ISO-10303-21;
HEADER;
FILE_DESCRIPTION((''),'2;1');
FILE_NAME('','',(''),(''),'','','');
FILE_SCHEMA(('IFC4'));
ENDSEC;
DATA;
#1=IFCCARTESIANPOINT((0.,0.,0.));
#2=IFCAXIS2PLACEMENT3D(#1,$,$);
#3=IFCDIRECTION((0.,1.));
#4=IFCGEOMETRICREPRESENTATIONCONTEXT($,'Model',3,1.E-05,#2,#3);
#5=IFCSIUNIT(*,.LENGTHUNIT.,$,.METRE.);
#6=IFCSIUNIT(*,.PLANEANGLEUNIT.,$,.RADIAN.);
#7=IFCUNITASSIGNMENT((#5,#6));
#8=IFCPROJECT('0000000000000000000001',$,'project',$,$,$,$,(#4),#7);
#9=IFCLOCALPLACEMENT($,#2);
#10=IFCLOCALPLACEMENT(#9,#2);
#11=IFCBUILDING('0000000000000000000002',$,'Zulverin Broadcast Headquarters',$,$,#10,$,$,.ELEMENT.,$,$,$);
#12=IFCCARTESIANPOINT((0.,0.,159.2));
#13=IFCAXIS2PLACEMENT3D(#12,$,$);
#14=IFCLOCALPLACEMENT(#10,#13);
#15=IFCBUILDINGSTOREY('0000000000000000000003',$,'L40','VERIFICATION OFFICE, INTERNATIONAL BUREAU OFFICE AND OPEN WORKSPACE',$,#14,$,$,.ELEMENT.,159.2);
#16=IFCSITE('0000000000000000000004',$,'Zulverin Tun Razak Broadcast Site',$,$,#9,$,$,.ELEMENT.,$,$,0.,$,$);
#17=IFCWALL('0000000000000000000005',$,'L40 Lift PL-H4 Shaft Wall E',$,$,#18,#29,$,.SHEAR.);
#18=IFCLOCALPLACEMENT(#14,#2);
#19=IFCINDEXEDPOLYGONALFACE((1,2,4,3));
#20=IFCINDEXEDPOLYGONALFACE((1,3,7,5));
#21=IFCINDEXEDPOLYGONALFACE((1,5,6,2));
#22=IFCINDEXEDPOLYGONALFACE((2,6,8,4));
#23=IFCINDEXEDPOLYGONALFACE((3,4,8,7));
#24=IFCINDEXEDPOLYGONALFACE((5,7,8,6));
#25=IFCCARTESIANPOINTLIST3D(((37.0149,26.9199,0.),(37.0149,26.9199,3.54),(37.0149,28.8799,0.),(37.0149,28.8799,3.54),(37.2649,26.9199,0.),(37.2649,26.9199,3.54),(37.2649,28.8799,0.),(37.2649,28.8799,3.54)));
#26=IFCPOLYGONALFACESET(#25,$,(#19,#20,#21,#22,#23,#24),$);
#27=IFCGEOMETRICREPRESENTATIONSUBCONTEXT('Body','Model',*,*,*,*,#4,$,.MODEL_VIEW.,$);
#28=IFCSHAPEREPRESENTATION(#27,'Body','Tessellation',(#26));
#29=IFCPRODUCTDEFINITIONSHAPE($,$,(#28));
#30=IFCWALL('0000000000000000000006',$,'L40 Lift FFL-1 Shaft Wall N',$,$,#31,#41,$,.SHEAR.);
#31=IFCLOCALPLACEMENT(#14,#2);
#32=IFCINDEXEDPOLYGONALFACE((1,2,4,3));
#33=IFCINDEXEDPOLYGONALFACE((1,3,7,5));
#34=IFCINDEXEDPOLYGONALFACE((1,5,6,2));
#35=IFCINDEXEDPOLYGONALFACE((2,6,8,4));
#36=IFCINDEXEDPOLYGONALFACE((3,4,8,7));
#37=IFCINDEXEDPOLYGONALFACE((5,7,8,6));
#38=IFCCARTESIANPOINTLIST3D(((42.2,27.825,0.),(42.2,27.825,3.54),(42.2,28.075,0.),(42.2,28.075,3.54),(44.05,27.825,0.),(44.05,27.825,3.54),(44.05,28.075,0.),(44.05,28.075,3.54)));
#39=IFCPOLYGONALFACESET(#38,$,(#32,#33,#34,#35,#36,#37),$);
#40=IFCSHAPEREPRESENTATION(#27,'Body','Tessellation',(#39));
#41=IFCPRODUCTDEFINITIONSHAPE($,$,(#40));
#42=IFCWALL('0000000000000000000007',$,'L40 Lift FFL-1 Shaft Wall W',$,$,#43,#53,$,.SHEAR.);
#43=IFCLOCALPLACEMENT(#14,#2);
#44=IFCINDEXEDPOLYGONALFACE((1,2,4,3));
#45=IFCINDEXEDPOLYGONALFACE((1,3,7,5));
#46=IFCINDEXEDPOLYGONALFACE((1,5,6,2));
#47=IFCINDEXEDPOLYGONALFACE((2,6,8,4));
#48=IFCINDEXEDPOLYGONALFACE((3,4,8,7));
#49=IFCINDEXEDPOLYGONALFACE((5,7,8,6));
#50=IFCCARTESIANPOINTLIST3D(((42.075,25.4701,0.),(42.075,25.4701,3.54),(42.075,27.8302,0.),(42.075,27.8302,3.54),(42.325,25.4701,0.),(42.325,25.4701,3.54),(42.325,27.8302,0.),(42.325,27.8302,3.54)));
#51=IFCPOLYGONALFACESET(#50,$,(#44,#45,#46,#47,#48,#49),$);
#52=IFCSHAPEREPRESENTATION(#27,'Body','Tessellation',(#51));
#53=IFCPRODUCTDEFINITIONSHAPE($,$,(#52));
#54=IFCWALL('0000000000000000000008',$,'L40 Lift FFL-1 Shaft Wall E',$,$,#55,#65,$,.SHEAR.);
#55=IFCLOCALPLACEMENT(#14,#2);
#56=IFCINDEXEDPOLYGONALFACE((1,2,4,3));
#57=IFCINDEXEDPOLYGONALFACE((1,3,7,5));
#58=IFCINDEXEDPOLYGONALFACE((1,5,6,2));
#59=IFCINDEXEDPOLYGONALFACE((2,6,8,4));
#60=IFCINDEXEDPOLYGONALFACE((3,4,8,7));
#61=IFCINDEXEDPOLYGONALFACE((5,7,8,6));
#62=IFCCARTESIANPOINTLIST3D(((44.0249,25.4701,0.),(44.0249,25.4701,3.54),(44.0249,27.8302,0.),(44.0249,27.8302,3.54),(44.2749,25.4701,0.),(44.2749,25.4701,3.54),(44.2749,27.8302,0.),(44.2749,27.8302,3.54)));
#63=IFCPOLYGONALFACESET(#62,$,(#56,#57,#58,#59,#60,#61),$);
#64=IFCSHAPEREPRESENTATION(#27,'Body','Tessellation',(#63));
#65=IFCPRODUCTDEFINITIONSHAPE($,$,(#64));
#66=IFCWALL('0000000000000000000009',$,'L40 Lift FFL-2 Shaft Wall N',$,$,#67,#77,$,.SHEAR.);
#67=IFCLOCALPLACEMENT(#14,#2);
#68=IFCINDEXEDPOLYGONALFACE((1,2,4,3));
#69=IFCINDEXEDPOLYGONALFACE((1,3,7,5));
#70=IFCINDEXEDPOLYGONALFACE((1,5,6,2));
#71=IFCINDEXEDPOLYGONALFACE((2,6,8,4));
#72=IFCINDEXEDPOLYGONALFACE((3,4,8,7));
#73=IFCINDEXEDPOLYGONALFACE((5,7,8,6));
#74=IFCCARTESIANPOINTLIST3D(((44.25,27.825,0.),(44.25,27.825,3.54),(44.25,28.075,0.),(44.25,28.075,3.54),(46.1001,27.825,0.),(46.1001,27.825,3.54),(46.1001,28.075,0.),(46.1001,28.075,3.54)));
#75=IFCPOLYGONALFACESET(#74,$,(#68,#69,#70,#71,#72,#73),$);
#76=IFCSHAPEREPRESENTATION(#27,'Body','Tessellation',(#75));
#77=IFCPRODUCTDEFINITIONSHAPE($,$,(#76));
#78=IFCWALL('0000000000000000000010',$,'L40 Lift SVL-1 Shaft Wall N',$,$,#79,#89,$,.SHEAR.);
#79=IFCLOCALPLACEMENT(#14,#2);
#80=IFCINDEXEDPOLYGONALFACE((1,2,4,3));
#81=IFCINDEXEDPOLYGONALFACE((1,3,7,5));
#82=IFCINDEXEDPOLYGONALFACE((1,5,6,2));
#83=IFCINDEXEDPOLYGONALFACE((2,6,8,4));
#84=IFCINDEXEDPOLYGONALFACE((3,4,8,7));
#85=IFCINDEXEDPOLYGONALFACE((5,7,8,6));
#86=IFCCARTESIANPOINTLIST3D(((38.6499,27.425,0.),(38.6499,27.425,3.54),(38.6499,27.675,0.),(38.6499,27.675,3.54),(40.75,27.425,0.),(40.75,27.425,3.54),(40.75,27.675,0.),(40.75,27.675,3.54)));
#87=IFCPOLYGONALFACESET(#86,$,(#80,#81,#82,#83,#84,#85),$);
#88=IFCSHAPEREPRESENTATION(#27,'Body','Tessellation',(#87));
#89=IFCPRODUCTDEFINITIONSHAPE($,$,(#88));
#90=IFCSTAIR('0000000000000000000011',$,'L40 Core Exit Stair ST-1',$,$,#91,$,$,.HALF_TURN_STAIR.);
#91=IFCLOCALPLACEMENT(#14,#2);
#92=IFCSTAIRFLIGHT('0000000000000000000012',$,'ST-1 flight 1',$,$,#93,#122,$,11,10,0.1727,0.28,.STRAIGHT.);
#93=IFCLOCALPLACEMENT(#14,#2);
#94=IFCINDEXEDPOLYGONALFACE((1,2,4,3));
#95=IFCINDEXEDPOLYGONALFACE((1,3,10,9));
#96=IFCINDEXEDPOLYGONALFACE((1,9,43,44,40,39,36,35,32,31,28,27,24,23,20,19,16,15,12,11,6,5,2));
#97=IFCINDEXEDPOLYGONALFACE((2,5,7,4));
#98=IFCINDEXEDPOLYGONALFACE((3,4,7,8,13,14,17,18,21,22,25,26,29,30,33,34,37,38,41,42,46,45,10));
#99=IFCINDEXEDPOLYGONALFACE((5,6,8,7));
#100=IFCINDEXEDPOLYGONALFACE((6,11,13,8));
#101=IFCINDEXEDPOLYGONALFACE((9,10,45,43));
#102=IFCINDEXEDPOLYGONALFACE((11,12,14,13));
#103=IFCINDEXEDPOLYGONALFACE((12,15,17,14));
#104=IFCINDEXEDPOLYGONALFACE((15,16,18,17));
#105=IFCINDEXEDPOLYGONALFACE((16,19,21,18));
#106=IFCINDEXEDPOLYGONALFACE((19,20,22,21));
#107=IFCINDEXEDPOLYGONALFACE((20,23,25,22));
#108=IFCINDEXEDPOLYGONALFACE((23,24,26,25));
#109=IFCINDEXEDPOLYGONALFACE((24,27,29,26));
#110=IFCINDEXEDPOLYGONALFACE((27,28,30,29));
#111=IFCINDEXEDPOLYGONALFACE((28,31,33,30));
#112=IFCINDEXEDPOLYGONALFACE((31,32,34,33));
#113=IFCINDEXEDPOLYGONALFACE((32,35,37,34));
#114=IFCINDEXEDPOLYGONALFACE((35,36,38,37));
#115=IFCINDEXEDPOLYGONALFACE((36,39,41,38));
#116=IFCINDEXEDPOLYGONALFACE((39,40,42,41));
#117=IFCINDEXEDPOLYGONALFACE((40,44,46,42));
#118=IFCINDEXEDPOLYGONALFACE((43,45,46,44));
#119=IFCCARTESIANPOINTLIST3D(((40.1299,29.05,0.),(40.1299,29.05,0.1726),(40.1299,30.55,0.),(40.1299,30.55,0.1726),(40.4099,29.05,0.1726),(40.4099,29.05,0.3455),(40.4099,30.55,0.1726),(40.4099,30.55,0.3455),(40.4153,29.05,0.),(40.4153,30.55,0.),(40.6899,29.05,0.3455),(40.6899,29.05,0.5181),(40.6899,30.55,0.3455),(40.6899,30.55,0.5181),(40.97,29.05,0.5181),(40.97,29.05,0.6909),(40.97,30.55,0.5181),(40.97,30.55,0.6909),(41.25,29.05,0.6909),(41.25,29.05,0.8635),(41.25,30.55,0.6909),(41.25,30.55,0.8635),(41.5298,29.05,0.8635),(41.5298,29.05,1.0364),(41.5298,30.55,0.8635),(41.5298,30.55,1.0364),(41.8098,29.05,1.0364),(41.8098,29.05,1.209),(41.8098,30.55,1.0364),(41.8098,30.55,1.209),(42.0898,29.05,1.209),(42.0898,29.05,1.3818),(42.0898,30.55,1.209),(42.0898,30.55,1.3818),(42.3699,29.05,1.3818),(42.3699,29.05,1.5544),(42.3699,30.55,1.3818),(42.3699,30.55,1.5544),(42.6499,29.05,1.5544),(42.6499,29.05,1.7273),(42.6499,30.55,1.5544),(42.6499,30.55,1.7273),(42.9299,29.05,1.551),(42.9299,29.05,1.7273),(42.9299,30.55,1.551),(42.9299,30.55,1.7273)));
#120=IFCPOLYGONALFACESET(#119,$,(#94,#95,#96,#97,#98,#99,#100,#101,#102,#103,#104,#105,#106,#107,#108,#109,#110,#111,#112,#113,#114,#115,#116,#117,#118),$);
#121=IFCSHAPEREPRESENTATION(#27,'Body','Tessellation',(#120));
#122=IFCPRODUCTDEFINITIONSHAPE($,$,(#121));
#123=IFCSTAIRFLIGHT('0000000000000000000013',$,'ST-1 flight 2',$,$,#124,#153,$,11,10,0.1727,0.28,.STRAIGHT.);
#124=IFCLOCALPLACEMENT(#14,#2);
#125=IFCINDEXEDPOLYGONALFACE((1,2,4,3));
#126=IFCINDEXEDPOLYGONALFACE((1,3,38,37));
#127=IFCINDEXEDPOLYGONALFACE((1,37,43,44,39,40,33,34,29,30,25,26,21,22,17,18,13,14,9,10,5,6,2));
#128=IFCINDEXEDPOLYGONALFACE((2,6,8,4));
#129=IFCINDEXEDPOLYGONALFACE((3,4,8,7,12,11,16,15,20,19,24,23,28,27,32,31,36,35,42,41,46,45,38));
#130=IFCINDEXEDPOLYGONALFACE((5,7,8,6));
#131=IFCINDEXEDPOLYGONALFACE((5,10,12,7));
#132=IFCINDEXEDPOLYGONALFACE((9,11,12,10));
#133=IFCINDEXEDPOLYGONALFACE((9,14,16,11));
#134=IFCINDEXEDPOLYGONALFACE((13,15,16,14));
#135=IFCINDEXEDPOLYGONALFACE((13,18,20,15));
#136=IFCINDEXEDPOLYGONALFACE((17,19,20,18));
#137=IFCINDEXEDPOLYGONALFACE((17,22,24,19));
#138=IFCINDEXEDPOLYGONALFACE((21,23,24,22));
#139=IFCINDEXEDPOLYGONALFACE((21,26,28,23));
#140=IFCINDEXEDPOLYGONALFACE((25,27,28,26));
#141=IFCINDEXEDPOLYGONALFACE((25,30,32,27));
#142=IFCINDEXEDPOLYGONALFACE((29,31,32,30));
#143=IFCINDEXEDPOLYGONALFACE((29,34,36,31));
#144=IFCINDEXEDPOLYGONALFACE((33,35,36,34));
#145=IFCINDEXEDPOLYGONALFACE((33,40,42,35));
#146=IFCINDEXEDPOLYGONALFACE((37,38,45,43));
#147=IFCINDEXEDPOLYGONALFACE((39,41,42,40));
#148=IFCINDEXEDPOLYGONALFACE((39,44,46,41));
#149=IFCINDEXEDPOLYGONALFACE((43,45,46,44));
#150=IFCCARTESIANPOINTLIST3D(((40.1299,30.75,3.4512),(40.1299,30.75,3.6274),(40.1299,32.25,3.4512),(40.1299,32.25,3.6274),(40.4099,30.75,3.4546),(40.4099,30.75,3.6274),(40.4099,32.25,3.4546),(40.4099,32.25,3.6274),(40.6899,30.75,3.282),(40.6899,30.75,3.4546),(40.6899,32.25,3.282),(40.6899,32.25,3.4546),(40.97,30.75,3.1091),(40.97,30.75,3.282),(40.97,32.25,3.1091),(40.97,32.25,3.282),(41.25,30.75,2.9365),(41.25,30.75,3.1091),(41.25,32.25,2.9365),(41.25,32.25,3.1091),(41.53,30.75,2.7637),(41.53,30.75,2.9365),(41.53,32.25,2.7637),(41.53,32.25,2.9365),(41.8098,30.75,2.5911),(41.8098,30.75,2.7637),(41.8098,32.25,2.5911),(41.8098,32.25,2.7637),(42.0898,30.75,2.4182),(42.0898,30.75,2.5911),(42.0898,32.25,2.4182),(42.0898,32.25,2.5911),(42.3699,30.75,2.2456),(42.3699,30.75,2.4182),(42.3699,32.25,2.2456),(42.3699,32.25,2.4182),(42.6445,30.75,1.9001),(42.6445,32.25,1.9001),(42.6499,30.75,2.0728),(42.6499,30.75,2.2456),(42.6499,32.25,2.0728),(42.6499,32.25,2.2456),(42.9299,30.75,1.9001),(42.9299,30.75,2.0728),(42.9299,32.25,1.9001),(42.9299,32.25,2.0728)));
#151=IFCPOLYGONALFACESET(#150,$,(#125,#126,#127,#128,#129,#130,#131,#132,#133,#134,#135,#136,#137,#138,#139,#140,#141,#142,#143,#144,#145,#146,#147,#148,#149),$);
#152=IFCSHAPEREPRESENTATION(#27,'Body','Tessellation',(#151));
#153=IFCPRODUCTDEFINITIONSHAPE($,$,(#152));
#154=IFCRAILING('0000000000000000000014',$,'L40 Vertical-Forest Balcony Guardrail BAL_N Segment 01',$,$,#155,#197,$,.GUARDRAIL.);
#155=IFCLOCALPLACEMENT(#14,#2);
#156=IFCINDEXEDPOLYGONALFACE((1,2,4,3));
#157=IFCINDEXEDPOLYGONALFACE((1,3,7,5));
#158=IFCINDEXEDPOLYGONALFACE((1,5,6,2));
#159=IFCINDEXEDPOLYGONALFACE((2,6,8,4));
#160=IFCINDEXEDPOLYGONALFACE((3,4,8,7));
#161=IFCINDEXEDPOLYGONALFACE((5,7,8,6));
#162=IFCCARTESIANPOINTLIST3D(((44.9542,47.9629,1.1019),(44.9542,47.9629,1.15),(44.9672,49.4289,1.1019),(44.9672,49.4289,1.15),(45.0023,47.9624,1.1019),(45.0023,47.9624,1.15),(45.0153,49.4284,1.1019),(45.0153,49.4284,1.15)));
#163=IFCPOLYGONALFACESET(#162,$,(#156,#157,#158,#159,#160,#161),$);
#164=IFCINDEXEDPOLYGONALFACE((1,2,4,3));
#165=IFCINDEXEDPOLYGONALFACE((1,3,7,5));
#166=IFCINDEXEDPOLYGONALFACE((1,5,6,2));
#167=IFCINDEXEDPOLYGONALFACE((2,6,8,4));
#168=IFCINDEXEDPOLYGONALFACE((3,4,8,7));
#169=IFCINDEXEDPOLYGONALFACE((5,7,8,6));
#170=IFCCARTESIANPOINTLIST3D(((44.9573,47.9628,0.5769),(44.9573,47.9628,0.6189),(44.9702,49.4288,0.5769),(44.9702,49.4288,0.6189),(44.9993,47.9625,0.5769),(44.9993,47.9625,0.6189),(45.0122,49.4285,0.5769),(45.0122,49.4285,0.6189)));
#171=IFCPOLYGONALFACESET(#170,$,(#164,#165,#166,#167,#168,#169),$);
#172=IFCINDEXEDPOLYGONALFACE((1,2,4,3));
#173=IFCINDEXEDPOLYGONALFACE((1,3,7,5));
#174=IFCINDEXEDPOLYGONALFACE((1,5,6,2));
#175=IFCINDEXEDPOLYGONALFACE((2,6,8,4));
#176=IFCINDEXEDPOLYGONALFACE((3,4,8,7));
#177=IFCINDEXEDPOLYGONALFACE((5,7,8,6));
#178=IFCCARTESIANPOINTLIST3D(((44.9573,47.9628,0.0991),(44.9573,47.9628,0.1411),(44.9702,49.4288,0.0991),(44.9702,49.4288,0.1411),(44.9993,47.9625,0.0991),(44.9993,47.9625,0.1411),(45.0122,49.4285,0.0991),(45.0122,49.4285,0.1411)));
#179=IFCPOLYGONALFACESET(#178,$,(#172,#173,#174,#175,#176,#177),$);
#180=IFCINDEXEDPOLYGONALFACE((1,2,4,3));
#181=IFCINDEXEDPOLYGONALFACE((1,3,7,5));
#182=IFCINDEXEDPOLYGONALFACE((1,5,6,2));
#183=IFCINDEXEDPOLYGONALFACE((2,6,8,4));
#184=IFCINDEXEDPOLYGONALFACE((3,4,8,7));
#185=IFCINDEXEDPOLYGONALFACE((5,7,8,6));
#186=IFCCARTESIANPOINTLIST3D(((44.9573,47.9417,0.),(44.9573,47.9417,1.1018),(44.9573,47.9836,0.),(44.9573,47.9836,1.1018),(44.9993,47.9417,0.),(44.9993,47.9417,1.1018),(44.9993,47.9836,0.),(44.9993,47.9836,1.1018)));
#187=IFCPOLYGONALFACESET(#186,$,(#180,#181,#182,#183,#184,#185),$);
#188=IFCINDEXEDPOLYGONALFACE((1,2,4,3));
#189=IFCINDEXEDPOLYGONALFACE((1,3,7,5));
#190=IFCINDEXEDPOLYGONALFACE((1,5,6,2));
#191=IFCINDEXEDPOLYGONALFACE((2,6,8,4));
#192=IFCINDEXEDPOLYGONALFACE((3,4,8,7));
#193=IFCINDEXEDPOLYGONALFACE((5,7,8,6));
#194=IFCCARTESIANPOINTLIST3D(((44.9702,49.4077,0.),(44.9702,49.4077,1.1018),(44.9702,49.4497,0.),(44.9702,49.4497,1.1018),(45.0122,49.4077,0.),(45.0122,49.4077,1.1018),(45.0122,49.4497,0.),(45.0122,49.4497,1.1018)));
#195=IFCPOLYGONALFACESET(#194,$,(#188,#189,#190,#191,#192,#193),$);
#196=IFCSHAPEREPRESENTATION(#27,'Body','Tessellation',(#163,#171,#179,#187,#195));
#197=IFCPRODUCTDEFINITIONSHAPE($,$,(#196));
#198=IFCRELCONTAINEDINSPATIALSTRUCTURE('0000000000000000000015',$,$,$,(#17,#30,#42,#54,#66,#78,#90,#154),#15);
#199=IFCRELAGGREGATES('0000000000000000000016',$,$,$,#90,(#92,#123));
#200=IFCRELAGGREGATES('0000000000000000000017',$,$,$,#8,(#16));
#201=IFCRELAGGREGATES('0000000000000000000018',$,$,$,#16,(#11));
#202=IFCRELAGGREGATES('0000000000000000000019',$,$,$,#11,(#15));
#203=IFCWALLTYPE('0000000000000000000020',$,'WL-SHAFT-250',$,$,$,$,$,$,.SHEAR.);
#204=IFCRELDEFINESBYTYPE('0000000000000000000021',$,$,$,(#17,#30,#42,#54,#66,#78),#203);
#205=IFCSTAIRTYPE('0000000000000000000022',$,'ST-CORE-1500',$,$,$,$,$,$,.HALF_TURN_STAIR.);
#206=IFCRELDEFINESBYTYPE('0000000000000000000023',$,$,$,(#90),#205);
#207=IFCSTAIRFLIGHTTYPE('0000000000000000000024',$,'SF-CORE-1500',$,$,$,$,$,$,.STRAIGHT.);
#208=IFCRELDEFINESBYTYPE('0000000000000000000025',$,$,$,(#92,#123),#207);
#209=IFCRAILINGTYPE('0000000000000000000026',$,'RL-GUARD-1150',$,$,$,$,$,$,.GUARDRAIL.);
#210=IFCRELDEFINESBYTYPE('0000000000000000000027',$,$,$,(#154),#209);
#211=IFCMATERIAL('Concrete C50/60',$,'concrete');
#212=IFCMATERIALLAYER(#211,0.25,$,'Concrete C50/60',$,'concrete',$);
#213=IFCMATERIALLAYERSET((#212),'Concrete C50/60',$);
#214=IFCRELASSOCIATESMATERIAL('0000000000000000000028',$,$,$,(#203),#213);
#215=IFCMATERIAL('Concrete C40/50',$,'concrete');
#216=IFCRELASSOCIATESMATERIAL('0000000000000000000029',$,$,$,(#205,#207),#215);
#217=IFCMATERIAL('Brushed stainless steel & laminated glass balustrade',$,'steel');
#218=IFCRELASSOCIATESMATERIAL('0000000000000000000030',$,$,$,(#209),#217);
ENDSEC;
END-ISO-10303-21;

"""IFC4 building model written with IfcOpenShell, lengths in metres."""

from ifc_helpers import new_model, si_unit, direction, frame, frame_2d, origin, origin_2d, place, context, subcontext, project, spatial, polyline, rectangle, outline, extrude, material, layer, layer_set, type_object, element, aggregate, save


model = new_model("IFC4")

# Units and contexts
model_context = context("Model", 3, precision=1e-05, world=origin(), true_north=direction((0.0, 1.0)))
body_context = subcontext(model_context, "Body", "Model", "MODEL_VIEW")
ifc_project = project(units=[si_unit("LENGTHUNIT", "METRE"), si_unit("PLANEANGLEUNIT", "RADIAN")], contexts=[model_context])

# Site, building, storey
site_placement = place(None, origin())
site = spatial("IfcSite", under=ifc_project, at=site_placement, Name="Zulverin Tun Razak Broadcast Site", CompositionType="ELEMENT", RefElevation=0.0)
building_placement = place(site_placement, origin())
building = spatial("IfcBuilding", under=site, at=building_placement, Name="Zulverin Broadcast Headquarters", CompositionType="ELEMENT")
storey_placement = place(building_placement, frame((0.0, 0.0, 159.2)))
storey = spatial("IfcBuildingStorey", under=building, at=storey_placement, Name="L40", Description="VERIFICATION OFFICE, INTERNATIONAL BUREAU OFFICE AND OPEN WORKSPACE", CompositionType="ELEMENT", Elevation=159.2)

# Shared definitions
ifc_material_1 = material(Name="Concrete C50/60", Category="concrete")

# Shared definitions
ifc_material_2 = material(Name="Concrete C40/50", Category="concrete")

# Shared definitions
ifc_layer_1 = layer(ifc_material_1, 0.25, Name="Concrete C50/60", Category="concrete")
ifc_layer_set_1 = layer_set([ifc_layer_1], Name="Concrete C50/60")
wall_type_1 = type_object("IfcWallType", Name="WL-SHAFT-250", PredefinedType="SHEAR", material=ifc_layer_set_1)

# Walls
wall_1_placement = place(storey_placement, frame((37.1399, 26.9199, 0.0), z_axis=(0.0, 0.0, 1.0), x_axis=(0.0, 1.0, 0.0)))
element("IfcWall", 1, at=wall_1_placement, inside=storey, type_object=wall_type_1, Name="L40 Lift PL-H4 Shaft Wall E", PredefinedType="SHEAR", context=body_context, shape_type="SweptSolid", body=[
    extrude(rectangle(XDim=1.96, YDim=0.25, at=frame_2d((0.98, 0.0))), origin(), (0.0, 0.0, 1.0), 3.54),
])
wall_2_placement = place(storey_placement, frame((42.2, 27.95, 0.0), z_axis=(0.0, 0.0, 1.0), x_axis=(1.0, 0.0, 0.0)))
element("IfcWall", 2, at=wall_2_placement, inside=storey, type_object=wall_type_1, Name="L40 Lift FFL-1 Shaft Wall N", PredefinedType="SHEAR", context=body_context, shape_type="SweptSolid", body=[
    extrude(rectangle(XDim=1.8501, YDim=0.25, at=frame_2d((0.925, 0.0))), origin(), (0.0, 0.0, 1.0), 3.54),
])
for number, where, z_axis, x_axis, name in (
    (3, (42.2, 25.47, 0.0), (0.0, 0.0, 1.0), (0.0, 1.0, 0.0), "L40 Lift FFL-1 Shaft Wall W"),
    (4, (44.1499, 25.47, 0.0), (0.0, 0.0, 1.0), (0.0, 1.0, 0.0), "L40 Lift FFL-1 Shaft Wall E"),
):
    element("IfcWall", number, at=place(storey_placement, frame(where, z_axis=z_axis, x_axis=x_axis)), inside=storey, type_object=wall_type_1, Name=name, PredefinedType="SHEAR", context=body_context, shape_type="SweptSolid", body=[
        extrude(rectangle(XDim=2.3601, YDim=0.25, at=frame_2d((1.1802, 0.0))), origin(), (0.0, 0.0, 1.0), 3.54),
    ])
wall_3_placement = place(storey_placement, frame((44.25, 27.95, 0.0), z_axis=(0.0, 0.0, 1.0), x_axis=(1.0, 0.0, 0.0)))
element("IfcWall", 5, at=wall_3_placement, inside=storey, type_object=wall_type_1, Name="L40 Lift FFL-2 Shaft Wall N", PredefinedType="SHEAR", context=body_context, shape_type="SweptSolid", body=[
    extrude(rectangle(XDim=1.8501, YDim=0.25, at=frame_2d((0.925, 0.0))), origin(), (0.0, 0.0, 1.0), 3.54),
])
wall_4_placement = place(storey_placement, frame((38.6499, 27.55, 0.0), z_axis=(0.0, 0.0, 1.0), x_axis=(1.0, 0.0, 0.0)))
element("IfcWall", 6, at=wall_4_placement, inside=storey, type_object=wall_type_1, Name="L40 Lift SVL-1 Shaft Wall N", PredefinedType="SHEAR", context=body_context, shape_type="SweptSolid", body=[
    extrude(rectangle(XDim=2.1001, YDim=0.25, at=frame_2d((1.05, 0.0))), origin(), (0.0, 0.0, 1.0), 3.54),
])

# Stair, stair flights
stair_type = type_object("IfcStairType", Name="ST-CORE-1500", PredefinedType="HALF_TURN_STAIR", material=ifc_material_2)
stair_placement = place(storey_placement, origin())
stair = element("IfcStair", 7, at=stair_placement, inside=storey, type_object=stair_type, Name="L40 Core Exit Stair ST-1", PredefinedType="HALF_TURN_STAIR")
stair_flight_type = type_object("IfcStairFlightType", Name="SF-CORE-1500", PredefinedType="STRAIGHT", material=ifc_material_2)
stair_flight_1_placement = place(storey_placement, frame((40.1299, 29.8, 0.0), z_axis=(0.0, 0.0, 1.0), x_axis=(1.0, 0.0, 0.0)))
stair_flight_1 = element("IfcStairFlight", 8, at=stair_flight_1_placement, type_object=stair_flight_type, Name="ST-1 flight 1", NumberOfRisers=11, NumberOfTreads=10, PredefinedType="STRAIGHT", RiserHeight=0.1727, TreadLength=0.28, context=body_context, shape_type="SweptSolid", body=[
    extrude(outline(polyline([(0.0, 0.0), (0.0, 0.1726), (0.28, 0.1726), (0.28, 0.3455), (0.5601, 0.3455), (0.5601, 0.5181), (0.8401, 0.5181), (0.8401, 0.6909), (1.1201, 0.6909), (1.1201, 0.8635), (1.3999, 0.8635), (1.3999, 1.0364), (1.6799, 1.0364), (1.6799, 1.209), (1.96, 1.209), (1.96, 1.3818), (2.24, 1.3818), (2.24, 1.5544), (2.52, 1.5544), (2.52, 1.7273), (2.8, 1.7273), (2.8, 1.8999), (2.8, 1.551), (0.2854, 0.0), (0.0, 0.0)])), frame((0.0, 0.75, 0.0), z_axis=(0.0, -1.0, 0.0), x_axis=(1.0, 0.0, 0.0)), (0.0, 0.0, 1.0), 1.5),
])
stair_flight_2_placement = place(storey_placement, frame((42.9299, 31.5, 1.9001), z_axis=(0.0, 0.0, 1.0), x_axis=(-1.0, 0.0, 0.0)))
stair_flight_2 = element("IfcStairFlight", 9, at=stair_flight_2_placement, type_object=stair_flight_type, Name="ST-1 flight 2", NumberOfRisers=11, NumberOfTreads=10, PredefinedType="STRAIGHT", RiserHeight=0.1727, TreadLength=0.28, context=body_context, shape_type="SweptSolid", body=[
    extrude(outline(polyline([(0.0, 0.0), (0.0, 0.1726), (0.28, 0.1726), (0.28, 0.3455), (0.5601, 0.3455), (0.5601, 0.5181), (0.8401, 0.5181), (0.8401, 0.6909), (1.1201, 0.6909), (1.1201, 0.8635), (1.3999, 0.8635), (1.3999, 1.0364), (1.6799, 1.0364), (1.6799, 1.209), (1.96, 1.209), (1.96, 1.3818), (2.24, 1.3818), (2.24, 1.5544), (2.52, 1.5544), (2.52, 1.7273), (2.8, 1.7273), (2.8, 1.8999), (2.8, 1.551), (0.2854, 0.0), (0.0, 0.0)])), frame((0.0, 0.75, 0.0), z_axis=(0.0, -1.0, 0.0), x_axis=(1.0, 0.0, 0.0)), (0.0, 0.0, 1.0), 1.5),
])
aggregate(stair, [stair_flight_1, stair_flight_2])

# Railing
ifc_material_3 = material(Name="Brushed stainless steel & laminated glass balustrade", Category="steel")
railing_type_1 = type_object("IfcRailingType", Name="RL-GUARD-1150", PredefinedType="GUARDRAIL", material=ifc_material_3)
railing_1_placement = place(storey_placement, frame((44.9783, 47.9626, 0.0)))
element("IfcRailing", 10, at=railing_1_placement, inside=storey, type_object=railing_type_1, Name="L40 Vertical-Forest Balcony Guardrail BAL_N Segment 01", PredefinedType="GUARDRAIL", context=body_context, shape_type="SweptSolid", body=[
    extrude(rectangle(XDim=0.0481, YDim=0.0481, at=origin_2d()), frame((0.0, 0.0, 1.126), z_axis=(0.008826, 0.999961, 0.0), x_axis=(-0.999961, 0.008826, 0.0)), (0.0, 0.0, 1.0), 1.4661),
    extrude(rectangle(XDim=0.042, YDim=0.042, at=origin_2d()), frame((0.0, 0.0, 0.5979), z_axis=(0.008826, 0.999961, 0.0), x_axis=(-0.999961, 0.008826, 0.0)), (0.0, 0.0, 1.0), 1.4661),
    extrude(rectangle(XDim=0.042, YDim=0.042, at=origin_2d()), frame((0.0, 0.0, 0.1201), z_axis=(0.008826, 0.999961, 0.0), x_axis=(-0.999961, 0.008826, 0.0)), (0.0, 0.0, 1.0), 1.4661),
    extrude(rectangle(XDim=0.042, YDim=0.042, at=origin_2d()), origin(), (0.0, 0.0, 1.0), 1.1018),
    extrude(rectangle(XDim=0.042, YDim=0.042, at=origin_2d()), frame((0.0129, 1.4661, 0.0)), (0.0, 0.0, 1.0), 1.1018),
])

save(model, "model.ifc")
